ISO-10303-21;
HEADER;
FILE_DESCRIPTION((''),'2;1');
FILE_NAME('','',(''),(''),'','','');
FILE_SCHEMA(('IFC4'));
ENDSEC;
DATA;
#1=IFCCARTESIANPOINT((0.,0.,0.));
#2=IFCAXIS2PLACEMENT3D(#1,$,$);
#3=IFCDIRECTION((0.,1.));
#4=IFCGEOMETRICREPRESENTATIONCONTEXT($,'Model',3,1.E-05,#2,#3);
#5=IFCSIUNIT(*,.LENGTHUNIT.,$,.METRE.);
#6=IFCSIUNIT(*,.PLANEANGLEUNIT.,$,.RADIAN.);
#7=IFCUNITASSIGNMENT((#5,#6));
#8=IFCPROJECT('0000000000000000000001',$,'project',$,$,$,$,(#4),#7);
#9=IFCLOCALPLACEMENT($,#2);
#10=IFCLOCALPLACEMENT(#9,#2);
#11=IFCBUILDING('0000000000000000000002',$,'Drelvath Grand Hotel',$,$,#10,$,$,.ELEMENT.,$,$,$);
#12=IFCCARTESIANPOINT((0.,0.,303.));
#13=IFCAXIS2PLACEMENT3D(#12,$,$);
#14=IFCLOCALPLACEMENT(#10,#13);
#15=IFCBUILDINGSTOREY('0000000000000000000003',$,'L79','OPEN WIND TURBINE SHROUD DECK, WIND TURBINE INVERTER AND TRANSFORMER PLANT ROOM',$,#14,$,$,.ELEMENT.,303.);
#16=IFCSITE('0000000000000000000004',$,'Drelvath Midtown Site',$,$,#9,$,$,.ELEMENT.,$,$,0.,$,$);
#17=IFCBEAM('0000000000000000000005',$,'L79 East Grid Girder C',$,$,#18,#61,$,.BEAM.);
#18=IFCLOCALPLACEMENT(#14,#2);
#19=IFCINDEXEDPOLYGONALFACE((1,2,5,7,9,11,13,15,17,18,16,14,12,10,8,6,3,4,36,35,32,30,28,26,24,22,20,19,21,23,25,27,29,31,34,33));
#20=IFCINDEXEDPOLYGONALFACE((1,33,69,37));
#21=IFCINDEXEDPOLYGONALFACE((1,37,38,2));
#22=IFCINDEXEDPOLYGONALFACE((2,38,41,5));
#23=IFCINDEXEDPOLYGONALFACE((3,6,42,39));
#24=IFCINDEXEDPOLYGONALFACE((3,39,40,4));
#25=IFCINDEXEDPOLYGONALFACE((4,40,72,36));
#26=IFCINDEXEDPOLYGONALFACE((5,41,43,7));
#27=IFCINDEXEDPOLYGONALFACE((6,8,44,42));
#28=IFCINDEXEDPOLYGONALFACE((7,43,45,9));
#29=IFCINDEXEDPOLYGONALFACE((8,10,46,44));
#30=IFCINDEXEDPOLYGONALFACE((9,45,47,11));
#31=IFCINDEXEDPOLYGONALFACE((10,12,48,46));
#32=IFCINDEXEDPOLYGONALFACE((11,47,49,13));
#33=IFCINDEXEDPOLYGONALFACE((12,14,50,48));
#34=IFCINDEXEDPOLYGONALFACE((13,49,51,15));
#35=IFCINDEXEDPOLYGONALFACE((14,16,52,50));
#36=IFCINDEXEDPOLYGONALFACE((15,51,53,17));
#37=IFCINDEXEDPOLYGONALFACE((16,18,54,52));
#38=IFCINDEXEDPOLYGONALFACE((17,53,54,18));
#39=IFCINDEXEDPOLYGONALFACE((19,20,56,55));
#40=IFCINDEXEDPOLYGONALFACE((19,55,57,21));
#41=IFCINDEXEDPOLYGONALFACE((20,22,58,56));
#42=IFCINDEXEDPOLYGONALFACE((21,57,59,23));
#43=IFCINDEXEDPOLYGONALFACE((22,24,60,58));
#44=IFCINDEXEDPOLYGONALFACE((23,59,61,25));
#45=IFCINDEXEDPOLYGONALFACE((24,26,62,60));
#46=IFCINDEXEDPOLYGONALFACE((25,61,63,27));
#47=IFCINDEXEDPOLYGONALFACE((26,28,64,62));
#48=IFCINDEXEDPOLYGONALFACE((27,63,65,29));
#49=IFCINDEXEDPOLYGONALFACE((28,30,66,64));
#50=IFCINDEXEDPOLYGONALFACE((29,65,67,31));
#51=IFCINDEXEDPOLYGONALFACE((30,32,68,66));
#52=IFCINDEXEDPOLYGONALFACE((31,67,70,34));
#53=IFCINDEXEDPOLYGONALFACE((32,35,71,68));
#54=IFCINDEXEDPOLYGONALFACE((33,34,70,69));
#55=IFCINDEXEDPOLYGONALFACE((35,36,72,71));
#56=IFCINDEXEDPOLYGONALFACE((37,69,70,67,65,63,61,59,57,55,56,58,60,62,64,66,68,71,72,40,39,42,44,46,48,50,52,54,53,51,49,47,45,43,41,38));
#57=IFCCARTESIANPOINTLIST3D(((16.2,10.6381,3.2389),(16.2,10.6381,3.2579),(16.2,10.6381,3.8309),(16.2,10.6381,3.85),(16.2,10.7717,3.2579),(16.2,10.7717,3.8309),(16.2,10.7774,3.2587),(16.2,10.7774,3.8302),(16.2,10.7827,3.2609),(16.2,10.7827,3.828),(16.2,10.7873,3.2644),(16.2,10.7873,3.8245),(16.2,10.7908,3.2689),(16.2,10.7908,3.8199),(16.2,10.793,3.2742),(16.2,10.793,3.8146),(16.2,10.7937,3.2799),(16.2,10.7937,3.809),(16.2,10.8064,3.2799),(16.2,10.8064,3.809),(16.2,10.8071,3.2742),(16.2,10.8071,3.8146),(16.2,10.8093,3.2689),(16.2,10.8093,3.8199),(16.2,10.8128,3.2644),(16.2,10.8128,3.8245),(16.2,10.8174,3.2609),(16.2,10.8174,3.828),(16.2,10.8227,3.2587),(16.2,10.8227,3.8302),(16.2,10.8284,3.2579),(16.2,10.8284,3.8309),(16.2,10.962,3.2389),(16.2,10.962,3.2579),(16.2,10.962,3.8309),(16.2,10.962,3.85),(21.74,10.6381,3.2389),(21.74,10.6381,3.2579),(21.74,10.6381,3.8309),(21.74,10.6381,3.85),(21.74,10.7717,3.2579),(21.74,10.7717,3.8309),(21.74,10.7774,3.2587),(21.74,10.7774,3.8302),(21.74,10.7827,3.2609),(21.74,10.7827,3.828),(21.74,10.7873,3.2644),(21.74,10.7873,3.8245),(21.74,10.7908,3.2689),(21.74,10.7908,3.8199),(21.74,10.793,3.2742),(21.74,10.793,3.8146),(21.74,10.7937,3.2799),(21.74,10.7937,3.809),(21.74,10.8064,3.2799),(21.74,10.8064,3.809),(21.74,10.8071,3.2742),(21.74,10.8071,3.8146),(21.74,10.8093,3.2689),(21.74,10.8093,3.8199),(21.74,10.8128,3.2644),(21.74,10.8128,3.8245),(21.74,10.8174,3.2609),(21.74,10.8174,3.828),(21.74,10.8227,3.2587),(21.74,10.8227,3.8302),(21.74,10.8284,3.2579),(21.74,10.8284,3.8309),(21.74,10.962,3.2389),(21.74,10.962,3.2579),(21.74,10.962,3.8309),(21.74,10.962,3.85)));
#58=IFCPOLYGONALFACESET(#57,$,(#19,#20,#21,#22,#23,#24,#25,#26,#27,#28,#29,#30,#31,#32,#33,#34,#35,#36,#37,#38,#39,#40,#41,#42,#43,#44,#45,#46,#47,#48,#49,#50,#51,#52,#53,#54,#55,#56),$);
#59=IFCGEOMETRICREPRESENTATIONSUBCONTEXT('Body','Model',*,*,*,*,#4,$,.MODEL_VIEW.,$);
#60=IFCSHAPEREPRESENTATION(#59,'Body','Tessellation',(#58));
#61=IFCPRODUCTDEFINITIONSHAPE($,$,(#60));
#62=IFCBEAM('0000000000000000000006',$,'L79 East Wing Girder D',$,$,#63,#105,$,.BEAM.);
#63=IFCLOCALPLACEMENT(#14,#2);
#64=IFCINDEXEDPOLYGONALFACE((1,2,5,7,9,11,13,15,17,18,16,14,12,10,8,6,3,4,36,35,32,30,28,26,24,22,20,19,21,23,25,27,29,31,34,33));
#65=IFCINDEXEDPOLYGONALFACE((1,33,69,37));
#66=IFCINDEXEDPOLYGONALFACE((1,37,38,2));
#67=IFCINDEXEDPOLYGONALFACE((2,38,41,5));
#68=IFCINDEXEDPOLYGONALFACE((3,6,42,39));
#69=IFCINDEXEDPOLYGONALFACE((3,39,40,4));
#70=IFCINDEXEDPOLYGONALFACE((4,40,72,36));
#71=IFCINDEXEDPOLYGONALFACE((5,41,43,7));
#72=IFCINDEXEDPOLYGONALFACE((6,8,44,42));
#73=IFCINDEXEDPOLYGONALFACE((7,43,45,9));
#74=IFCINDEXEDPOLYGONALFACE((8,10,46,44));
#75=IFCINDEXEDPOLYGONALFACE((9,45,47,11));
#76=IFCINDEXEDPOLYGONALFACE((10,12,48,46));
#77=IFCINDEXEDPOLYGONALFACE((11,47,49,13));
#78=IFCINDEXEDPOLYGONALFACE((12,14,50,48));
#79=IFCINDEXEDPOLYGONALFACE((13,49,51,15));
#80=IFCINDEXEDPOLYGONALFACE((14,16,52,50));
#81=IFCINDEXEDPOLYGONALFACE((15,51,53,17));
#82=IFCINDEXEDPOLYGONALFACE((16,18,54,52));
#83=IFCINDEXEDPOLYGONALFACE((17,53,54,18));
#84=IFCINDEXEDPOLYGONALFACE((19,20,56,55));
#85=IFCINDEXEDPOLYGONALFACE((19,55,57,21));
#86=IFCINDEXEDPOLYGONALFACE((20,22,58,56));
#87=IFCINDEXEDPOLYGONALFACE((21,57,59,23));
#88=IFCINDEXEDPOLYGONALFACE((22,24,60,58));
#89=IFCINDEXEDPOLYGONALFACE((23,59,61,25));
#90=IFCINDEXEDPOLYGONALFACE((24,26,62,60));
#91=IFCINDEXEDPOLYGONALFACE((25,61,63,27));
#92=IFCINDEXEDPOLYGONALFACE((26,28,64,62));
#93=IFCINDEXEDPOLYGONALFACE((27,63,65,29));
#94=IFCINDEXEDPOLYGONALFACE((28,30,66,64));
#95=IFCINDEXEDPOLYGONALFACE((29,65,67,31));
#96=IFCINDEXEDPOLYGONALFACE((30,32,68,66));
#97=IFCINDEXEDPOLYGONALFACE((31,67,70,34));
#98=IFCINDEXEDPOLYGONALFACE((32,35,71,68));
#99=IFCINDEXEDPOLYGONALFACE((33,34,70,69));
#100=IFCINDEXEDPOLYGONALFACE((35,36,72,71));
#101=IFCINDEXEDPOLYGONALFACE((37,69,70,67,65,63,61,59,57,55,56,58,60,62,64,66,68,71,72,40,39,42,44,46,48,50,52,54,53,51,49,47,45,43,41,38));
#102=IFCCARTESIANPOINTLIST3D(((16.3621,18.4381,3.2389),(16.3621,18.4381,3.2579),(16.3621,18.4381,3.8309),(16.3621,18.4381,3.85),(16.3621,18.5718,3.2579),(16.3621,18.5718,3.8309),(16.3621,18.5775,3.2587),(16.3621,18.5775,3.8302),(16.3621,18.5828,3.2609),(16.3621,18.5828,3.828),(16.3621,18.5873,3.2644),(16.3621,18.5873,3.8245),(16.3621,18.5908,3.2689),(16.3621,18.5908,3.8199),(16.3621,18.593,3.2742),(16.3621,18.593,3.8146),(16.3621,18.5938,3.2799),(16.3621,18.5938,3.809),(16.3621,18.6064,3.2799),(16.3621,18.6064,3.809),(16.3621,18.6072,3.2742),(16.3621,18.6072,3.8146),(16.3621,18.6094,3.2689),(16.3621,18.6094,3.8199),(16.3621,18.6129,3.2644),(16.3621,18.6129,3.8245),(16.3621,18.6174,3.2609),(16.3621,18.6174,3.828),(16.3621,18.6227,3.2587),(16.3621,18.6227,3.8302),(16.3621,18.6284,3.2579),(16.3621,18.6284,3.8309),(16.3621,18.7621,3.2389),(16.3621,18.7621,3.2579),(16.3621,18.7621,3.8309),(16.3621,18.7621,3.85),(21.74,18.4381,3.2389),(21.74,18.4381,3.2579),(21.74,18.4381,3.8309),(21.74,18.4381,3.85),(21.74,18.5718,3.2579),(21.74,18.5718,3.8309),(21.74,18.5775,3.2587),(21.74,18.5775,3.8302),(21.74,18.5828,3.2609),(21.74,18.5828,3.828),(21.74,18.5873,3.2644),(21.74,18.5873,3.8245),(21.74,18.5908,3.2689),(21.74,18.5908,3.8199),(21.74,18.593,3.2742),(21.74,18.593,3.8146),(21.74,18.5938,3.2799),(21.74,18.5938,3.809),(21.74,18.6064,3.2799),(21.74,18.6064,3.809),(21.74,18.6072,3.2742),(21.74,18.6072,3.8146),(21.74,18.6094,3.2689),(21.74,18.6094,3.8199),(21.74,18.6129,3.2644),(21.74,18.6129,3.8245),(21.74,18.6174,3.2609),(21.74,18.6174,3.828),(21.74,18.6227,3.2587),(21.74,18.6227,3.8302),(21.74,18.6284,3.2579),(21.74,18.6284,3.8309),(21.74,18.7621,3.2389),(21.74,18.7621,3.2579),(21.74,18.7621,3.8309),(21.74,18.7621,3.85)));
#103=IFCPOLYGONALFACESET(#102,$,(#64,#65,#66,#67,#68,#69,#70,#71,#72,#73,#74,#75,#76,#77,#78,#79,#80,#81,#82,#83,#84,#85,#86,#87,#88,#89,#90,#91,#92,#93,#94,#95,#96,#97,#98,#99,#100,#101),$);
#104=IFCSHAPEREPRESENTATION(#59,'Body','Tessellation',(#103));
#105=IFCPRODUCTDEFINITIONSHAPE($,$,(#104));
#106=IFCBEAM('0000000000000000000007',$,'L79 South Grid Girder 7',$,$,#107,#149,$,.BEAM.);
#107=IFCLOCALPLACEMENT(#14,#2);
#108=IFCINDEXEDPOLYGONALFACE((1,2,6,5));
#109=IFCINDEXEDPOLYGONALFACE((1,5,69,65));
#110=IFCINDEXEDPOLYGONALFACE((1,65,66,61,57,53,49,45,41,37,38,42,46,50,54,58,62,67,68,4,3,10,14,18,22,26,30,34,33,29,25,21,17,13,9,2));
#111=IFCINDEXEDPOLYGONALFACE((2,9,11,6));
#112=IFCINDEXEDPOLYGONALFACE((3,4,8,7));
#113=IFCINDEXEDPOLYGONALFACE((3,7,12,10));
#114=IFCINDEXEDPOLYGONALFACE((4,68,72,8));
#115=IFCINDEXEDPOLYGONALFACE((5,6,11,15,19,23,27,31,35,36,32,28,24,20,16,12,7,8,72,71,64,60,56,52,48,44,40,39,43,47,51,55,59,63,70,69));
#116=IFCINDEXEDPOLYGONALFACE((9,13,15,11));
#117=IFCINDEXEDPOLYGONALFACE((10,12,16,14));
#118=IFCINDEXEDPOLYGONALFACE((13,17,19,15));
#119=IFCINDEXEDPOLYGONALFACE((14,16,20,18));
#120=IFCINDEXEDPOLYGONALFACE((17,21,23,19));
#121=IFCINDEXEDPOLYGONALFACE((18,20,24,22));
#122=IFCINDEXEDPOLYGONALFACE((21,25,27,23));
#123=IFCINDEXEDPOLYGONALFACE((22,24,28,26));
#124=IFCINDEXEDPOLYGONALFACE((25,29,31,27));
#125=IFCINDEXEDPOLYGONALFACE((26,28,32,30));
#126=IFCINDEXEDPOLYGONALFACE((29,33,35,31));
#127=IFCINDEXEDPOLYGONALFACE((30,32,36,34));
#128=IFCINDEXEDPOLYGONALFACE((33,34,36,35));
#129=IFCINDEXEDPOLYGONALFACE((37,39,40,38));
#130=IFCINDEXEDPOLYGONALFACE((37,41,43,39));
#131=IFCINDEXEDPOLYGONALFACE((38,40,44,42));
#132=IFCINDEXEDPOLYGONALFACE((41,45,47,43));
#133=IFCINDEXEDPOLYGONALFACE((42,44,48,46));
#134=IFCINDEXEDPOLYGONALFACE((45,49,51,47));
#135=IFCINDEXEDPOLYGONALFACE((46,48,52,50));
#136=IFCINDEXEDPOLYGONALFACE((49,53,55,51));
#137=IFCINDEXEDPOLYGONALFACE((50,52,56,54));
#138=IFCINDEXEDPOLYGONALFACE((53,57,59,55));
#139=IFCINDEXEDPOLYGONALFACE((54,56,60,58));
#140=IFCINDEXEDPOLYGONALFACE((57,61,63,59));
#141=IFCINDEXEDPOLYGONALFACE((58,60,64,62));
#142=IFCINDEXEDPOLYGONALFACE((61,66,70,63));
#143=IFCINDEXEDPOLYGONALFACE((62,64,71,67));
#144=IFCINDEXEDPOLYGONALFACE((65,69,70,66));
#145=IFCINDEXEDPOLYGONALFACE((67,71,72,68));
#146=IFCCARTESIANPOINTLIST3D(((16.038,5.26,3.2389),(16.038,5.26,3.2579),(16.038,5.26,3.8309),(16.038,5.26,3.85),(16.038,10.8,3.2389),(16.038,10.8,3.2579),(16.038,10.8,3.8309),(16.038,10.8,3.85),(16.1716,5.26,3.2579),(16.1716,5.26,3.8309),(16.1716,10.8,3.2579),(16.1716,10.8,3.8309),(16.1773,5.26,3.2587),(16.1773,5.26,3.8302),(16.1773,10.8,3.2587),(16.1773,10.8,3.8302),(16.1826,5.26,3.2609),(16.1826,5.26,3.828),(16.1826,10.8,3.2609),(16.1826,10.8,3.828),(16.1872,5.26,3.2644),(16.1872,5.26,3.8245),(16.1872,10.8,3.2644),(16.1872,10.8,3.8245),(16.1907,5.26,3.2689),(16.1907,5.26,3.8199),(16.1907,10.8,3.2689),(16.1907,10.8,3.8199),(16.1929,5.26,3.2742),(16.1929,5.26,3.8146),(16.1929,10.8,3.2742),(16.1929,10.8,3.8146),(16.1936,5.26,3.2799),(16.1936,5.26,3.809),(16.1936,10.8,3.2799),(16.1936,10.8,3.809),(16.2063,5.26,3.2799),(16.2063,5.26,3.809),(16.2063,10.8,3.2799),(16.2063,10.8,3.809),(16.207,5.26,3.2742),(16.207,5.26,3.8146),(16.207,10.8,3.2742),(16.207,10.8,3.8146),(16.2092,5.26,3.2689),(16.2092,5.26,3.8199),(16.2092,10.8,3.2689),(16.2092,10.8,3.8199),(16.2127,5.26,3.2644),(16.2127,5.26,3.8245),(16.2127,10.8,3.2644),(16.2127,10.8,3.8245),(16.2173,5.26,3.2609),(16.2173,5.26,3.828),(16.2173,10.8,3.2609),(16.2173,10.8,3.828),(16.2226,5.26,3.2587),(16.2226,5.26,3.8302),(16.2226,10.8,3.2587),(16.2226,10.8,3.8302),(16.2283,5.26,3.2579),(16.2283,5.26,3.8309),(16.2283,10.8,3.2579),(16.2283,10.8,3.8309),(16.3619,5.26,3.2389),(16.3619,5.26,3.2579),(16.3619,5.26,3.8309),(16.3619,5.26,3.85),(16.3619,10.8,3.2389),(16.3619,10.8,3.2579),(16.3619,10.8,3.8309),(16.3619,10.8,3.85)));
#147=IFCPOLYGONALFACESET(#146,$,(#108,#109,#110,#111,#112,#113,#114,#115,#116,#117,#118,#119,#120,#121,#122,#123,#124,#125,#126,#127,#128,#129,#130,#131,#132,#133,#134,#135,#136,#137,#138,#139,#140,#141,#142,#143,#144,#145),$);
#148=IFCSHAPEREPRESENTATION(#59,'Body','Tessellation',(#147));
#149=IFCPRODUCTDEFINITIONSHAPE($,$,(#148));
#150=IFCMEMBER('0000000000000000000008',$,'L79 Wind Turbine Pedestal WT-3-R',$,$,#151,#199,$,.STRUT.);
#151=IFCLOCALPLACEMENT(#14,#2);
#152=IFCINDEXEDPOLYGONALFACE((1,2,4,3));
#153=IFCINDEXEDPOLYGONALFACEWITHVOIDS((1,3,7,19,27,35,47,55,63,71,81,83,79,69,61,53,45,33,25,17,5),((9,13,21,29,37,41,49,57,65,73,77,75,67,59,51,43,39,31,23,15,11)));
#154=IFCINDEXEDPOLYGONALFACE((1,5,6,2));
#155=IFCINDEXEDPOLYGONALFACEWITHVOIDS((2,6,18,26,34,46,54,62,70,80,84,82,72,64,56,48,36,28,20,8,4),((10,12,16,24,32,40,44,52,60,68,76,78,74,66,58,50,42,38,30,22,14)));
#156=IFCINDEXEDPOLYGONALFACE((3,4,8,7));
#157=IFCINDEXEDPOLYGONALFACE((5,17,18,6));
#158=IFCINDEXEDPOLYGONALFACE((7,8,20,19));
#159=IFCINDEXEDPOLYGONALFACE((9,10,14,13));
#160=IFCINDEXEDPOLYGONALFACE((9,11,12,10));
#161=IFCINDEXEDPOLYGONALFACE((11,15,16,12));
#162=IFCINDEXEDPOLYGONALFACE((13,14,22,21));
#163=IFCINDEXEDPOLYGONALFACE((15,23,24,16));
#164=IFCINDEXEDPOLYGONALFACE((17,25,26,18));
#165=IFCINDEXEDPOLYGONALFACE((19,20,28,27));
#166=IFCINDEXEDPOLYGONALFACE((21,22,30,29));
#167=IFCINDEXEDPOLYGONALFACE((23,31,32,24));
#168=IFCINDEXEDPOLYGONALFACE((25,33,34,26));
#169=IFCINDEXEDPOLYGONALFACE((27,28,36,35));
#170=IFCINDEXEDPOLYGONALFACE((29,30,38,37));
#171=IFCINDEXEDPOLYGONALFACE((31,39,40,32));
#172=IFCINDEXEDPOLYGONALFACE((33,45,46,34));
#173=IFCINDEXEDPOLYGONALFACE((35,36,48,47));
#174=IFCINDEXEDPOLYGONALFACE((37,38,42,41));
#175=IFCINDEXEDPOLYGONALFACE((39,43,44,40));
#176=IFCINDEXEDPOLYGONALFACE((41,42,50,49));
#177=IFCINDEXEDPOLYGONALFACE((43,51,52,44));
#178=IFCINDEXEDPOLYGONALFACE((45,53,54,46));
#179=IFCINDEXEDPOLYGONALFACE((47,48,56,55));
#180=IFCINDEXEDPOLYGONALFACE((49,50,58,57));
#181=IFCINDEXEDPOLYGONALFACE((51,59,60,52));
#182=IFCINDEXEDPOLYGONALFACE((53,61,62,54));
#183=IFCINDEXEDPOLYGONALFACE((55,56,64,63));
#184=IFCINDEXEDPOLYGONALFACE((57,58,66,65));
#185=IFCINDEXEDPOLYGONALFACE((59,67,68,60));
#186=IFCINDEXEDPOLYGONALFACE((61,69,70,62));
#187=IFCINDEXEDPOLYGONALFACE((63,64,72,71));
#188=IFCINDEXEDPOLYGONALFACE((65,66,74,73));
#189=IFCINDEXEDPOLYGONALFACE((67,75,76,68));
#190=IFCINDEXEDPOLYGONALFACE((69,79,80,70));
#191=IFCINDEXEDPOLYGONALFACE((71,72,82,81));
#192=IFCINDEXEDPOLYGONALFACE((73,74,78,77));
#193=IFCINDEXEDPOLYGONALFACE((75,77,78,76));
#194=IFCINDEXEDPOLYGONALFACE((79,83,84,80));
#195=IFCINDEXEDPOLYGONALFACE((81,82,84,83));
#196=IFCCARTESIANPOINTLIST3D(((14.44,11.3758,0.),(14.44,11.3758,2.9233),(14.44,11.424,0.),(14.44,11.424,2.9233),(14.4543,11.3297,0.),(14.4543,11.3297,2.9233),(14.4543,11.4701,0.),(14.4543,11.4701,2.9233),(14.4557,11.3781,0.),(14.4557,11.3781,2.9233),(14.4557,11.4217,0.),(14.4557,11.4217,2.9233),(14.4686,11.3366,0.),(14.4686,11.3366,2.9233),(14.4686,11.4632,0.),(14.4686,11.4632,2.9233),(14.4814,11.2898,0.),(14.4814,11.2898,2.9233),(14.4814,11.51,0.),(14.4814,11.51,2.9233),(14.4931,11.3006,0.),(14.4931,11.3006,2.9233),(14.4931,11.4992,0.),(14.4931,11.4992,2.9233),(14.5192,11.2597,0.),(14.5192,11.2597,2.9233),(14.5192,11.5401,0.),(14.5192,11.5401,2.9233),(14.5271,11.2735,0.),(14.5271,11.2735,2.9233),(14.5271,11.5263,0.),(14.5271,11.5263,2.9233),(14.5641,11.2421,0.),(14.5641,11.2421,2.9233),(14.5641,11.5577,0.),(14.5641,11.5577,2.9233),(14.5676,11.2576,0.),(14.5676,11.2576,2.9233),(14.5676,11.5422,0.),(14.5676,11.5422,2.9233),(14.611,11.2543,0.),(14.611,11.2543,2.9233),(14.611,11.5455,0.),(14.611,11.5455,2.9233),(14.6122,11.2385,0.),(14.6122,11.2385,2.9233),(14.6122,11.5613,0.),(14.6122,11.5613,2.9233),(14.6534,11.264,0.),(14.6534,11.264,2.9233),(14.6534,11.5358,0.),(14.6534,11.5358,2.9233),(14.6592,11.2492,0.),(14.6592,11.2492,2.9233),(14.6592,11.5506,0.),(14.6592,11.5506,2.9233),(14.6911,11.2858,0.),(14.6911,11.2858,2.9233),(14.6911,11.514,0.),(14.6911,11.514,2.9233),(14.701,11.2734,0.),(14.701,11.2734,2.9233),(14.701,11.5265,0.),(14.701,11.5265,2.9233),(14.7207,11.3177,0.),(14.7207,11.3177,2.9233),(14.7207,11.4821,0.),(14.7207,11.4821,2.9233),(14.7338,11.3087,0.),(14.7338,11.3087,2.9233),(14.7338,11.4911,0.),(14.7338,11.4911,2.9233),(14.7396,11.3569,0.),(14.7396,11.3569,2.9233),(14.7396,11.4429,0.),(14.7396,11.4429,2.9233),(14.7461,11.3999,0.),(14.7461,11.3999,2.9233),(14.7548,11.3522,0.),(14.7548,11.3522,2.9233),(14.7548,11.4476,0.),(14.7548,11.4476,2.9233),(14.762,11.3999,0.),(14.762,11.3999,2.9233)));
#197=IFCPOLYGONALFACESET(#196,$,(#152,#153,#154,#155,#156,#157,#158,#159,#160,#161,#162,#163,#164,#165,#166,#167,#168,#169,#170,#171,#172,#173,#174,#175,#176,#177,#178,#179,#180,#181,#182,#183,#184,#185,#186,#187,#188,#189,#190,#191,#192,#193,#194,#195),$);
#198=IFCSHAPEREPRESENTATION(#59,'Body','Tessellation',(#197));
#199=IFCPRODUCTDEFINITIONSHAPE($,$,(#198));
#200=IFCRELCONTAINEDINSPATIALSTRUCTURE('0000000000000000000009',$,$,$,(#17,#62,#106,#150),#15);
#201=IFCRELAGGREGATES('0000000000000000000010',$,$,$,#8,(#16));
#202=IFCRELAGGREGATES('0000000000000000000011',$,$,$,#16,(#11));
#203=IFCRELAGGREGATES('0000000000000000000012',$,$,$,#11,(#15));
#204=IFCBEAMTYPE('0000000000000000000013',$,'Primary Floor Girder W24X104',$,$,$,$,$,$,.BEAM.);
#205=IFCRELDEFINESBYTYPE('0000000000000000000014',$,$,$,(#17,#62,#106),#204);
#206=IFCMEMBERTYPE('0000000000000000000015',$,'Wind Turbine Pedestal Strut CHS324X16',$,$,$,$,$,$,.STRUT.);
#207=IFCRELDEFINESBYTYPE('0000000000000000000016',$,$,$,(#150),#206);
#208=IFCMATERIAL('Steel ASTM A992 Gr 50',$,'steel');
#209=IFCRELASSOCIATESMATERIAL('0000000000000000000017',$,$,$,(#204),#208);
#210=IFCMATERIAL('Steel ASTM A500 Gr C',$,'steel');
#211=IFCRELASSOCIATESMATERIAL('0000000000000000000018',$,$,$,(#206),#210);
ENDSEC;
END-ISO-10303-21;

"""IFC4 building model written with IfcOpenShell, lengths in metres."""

from ifc_helpers import new_model, si_unit, direction, frame, origin, origin_2d, place, context, subcontext, project, spatial, hollow_circle, i_section, extrude, material, material_profile, profile_set, type_object, element, save


model = new_model("IFC4")

# Units and contexts
model_context = context("Model", 3, precision=1e-05, world=origin(), true_north=direction((0.0, 1.0)))
body_context = subcontext(model_context, "Body", "Model", "MODEL_VIEW")
ifc_project = project(units=[si_unit("LENGTHUNIT", "METRE"), si_unit("PLANEANGLEUNIT", "RADIAN")], contexts=[model_context])

# Site, building, storey
site_placement = place(None, origin())
site = spatial("IfcSite", under=ifc_project, at=site_placement, Name="Drelvath Midtown Site", CompositionType="ELEMENT", RefElevation=0.0)
building_placement = place(site_placement, origin())
building = spatial("IfcBuilding", under=site, at=building_placement, Name="Drelvath Grand Hotel", CompositionType="ELEMENT")
storey_placement = place(building_placement, frame((0.0, 0.0, 303.0)))
storey = spatial("IfcBuildingStorey", under=building, at=storey_placement, Name="L79", Description="OPEN WIND TURBINE SHROUD DECK, WIND TURBINE INVERTER AND TRANSFORMER PLANT ROOM", CompositionType="ELEMENT", Elevation=303.0)

# Beams
ifc_material_1 = material(Name="Steel ASTM A992 Gr 50", Category="steel")
ifc_material_profile_1 = material_profile(ifc_material_1, i_section(OverallWidth=0.324, OverallDepth=0.6111, WebThickness=0.0127, FlangeThickness=0.019, FilletRadius=0.022, at=origin_2d()), Name="W24X104")
ifc_profile_set_1 = profile_set([ifc_material_profile_1], Name="Steel ASTM A992 Gr 50")
beam_type_1 = type_object("IfcBeamType", Name="Primary Floor Girder W24X104", PredefinedType="BEAM", material=ifc_profile_set_1)
beam_1_placement = place(storey_placement, frame((16.2, 10.8, 3.5444), z_axis=(1.0, 0.0, 0.0), x_axis=(0.0, 1.0, 0.0)))
element("IfcBeam", 1, at=beam_1_placement, inside=storey, type_object=beam_type_1, Name="L79 East Grid Girder C", PredefinedType="BEAM", context=body_context, shape_type="SweptSolid", body=[
    extrude(i_section(OverallWidth=0.324, OverallDepth=0.6111, WebThickness=0.0127, FlangeThickness=0.019, FilletRadius=0.022, at=origin_2d()), origin(), (0.0, 0.0, 1.0), 5.54),
])
beam_2_placement = place(storey_placement, frame((16.3621, 18.6001, 3.5444), z_axis=(1.0, 0.0, 0.0), x_axis=(0.0, 1.0, 0.0)))
element("IfcBeam", 2, at=beam_2_placement, inside=storey, type_object=beam_type_1, Name="L79 East Wing Girder D", PredefinedType="BEAM", context=body_context, shape_type="SweptSolid", body=[
    extrude(i_section(OverallWidth=0.324, OverallDepth=0.6111, WebThickness=0.0127, FlangeThickness=0.019, FilletRadius=0.022, at=origin_2d()), origin(), (0.0, 0.0, 1.0), 5.3779),
])
beam_3_placement = place(storey_placement, frame((16.2, 5.26, 3.5444), z_axis=(0.0, 1.0, 0.0), x_axis=(-1.0, 0.0, 0.0)))
element("IfcBeam", 3, at=beam_3_placement, inside=storey, type_object=beam_type_1, Name="L79 South Grid Girder 7", PredefinedType="BEAM", context=body_context, shape_type="SweptSolid", body=[
    extrude(i_section(OverallWidth=0.324, OverallDepth=0.6111, WebThickness=0.0127, FlangeThickness=0.019, FilletRadius=0.022, at=origin_2d()), origin(), (0.0, 0.0, 1.0), 5.54),
])

# Member
ifc_material_2 = material(Name="Steel ASTM A500 Gr C", Category="steel")
ifc_material_profile_2 = material_profile(ifc_material_2, hollow_circle(Radius=0.1619, WallThickness=0.0159, at=origin_2d()), Name="CHS324X16")
ifc_profile_set_2 = profile_set([ifc_material_profile_2], Name="Steel ASTM A500 Gr C")
member_type = type_object("IfcMemberType", Name="Wind Turbine Pedestal Strut CHS324X16", PredefinedType="STRUT", material=ifc_profile_set_2)
member_placement = place(storey_placement, frame((14.6001, 11.3999, 0.0), z_axis=(0.0, 0.0, 1.0), x_axis=(1.0, 0.0, 0.0)))
element("IfcMember", 4, at=member_placement, inside=storey, type_object=member_type, Name="L79 Wind Turbine Pedestal WT-3-R", PredefinedType="STRUT", context=body_context, shape_type="SweptSolid", body=[
    extrude(hollow_circle(Radius=0.1619, WallThickness=0.0159, at=origin_2d()), origin(), (0.0, 0.0, 1.0), 2.9233),
])

save(model, "model.ifc")
